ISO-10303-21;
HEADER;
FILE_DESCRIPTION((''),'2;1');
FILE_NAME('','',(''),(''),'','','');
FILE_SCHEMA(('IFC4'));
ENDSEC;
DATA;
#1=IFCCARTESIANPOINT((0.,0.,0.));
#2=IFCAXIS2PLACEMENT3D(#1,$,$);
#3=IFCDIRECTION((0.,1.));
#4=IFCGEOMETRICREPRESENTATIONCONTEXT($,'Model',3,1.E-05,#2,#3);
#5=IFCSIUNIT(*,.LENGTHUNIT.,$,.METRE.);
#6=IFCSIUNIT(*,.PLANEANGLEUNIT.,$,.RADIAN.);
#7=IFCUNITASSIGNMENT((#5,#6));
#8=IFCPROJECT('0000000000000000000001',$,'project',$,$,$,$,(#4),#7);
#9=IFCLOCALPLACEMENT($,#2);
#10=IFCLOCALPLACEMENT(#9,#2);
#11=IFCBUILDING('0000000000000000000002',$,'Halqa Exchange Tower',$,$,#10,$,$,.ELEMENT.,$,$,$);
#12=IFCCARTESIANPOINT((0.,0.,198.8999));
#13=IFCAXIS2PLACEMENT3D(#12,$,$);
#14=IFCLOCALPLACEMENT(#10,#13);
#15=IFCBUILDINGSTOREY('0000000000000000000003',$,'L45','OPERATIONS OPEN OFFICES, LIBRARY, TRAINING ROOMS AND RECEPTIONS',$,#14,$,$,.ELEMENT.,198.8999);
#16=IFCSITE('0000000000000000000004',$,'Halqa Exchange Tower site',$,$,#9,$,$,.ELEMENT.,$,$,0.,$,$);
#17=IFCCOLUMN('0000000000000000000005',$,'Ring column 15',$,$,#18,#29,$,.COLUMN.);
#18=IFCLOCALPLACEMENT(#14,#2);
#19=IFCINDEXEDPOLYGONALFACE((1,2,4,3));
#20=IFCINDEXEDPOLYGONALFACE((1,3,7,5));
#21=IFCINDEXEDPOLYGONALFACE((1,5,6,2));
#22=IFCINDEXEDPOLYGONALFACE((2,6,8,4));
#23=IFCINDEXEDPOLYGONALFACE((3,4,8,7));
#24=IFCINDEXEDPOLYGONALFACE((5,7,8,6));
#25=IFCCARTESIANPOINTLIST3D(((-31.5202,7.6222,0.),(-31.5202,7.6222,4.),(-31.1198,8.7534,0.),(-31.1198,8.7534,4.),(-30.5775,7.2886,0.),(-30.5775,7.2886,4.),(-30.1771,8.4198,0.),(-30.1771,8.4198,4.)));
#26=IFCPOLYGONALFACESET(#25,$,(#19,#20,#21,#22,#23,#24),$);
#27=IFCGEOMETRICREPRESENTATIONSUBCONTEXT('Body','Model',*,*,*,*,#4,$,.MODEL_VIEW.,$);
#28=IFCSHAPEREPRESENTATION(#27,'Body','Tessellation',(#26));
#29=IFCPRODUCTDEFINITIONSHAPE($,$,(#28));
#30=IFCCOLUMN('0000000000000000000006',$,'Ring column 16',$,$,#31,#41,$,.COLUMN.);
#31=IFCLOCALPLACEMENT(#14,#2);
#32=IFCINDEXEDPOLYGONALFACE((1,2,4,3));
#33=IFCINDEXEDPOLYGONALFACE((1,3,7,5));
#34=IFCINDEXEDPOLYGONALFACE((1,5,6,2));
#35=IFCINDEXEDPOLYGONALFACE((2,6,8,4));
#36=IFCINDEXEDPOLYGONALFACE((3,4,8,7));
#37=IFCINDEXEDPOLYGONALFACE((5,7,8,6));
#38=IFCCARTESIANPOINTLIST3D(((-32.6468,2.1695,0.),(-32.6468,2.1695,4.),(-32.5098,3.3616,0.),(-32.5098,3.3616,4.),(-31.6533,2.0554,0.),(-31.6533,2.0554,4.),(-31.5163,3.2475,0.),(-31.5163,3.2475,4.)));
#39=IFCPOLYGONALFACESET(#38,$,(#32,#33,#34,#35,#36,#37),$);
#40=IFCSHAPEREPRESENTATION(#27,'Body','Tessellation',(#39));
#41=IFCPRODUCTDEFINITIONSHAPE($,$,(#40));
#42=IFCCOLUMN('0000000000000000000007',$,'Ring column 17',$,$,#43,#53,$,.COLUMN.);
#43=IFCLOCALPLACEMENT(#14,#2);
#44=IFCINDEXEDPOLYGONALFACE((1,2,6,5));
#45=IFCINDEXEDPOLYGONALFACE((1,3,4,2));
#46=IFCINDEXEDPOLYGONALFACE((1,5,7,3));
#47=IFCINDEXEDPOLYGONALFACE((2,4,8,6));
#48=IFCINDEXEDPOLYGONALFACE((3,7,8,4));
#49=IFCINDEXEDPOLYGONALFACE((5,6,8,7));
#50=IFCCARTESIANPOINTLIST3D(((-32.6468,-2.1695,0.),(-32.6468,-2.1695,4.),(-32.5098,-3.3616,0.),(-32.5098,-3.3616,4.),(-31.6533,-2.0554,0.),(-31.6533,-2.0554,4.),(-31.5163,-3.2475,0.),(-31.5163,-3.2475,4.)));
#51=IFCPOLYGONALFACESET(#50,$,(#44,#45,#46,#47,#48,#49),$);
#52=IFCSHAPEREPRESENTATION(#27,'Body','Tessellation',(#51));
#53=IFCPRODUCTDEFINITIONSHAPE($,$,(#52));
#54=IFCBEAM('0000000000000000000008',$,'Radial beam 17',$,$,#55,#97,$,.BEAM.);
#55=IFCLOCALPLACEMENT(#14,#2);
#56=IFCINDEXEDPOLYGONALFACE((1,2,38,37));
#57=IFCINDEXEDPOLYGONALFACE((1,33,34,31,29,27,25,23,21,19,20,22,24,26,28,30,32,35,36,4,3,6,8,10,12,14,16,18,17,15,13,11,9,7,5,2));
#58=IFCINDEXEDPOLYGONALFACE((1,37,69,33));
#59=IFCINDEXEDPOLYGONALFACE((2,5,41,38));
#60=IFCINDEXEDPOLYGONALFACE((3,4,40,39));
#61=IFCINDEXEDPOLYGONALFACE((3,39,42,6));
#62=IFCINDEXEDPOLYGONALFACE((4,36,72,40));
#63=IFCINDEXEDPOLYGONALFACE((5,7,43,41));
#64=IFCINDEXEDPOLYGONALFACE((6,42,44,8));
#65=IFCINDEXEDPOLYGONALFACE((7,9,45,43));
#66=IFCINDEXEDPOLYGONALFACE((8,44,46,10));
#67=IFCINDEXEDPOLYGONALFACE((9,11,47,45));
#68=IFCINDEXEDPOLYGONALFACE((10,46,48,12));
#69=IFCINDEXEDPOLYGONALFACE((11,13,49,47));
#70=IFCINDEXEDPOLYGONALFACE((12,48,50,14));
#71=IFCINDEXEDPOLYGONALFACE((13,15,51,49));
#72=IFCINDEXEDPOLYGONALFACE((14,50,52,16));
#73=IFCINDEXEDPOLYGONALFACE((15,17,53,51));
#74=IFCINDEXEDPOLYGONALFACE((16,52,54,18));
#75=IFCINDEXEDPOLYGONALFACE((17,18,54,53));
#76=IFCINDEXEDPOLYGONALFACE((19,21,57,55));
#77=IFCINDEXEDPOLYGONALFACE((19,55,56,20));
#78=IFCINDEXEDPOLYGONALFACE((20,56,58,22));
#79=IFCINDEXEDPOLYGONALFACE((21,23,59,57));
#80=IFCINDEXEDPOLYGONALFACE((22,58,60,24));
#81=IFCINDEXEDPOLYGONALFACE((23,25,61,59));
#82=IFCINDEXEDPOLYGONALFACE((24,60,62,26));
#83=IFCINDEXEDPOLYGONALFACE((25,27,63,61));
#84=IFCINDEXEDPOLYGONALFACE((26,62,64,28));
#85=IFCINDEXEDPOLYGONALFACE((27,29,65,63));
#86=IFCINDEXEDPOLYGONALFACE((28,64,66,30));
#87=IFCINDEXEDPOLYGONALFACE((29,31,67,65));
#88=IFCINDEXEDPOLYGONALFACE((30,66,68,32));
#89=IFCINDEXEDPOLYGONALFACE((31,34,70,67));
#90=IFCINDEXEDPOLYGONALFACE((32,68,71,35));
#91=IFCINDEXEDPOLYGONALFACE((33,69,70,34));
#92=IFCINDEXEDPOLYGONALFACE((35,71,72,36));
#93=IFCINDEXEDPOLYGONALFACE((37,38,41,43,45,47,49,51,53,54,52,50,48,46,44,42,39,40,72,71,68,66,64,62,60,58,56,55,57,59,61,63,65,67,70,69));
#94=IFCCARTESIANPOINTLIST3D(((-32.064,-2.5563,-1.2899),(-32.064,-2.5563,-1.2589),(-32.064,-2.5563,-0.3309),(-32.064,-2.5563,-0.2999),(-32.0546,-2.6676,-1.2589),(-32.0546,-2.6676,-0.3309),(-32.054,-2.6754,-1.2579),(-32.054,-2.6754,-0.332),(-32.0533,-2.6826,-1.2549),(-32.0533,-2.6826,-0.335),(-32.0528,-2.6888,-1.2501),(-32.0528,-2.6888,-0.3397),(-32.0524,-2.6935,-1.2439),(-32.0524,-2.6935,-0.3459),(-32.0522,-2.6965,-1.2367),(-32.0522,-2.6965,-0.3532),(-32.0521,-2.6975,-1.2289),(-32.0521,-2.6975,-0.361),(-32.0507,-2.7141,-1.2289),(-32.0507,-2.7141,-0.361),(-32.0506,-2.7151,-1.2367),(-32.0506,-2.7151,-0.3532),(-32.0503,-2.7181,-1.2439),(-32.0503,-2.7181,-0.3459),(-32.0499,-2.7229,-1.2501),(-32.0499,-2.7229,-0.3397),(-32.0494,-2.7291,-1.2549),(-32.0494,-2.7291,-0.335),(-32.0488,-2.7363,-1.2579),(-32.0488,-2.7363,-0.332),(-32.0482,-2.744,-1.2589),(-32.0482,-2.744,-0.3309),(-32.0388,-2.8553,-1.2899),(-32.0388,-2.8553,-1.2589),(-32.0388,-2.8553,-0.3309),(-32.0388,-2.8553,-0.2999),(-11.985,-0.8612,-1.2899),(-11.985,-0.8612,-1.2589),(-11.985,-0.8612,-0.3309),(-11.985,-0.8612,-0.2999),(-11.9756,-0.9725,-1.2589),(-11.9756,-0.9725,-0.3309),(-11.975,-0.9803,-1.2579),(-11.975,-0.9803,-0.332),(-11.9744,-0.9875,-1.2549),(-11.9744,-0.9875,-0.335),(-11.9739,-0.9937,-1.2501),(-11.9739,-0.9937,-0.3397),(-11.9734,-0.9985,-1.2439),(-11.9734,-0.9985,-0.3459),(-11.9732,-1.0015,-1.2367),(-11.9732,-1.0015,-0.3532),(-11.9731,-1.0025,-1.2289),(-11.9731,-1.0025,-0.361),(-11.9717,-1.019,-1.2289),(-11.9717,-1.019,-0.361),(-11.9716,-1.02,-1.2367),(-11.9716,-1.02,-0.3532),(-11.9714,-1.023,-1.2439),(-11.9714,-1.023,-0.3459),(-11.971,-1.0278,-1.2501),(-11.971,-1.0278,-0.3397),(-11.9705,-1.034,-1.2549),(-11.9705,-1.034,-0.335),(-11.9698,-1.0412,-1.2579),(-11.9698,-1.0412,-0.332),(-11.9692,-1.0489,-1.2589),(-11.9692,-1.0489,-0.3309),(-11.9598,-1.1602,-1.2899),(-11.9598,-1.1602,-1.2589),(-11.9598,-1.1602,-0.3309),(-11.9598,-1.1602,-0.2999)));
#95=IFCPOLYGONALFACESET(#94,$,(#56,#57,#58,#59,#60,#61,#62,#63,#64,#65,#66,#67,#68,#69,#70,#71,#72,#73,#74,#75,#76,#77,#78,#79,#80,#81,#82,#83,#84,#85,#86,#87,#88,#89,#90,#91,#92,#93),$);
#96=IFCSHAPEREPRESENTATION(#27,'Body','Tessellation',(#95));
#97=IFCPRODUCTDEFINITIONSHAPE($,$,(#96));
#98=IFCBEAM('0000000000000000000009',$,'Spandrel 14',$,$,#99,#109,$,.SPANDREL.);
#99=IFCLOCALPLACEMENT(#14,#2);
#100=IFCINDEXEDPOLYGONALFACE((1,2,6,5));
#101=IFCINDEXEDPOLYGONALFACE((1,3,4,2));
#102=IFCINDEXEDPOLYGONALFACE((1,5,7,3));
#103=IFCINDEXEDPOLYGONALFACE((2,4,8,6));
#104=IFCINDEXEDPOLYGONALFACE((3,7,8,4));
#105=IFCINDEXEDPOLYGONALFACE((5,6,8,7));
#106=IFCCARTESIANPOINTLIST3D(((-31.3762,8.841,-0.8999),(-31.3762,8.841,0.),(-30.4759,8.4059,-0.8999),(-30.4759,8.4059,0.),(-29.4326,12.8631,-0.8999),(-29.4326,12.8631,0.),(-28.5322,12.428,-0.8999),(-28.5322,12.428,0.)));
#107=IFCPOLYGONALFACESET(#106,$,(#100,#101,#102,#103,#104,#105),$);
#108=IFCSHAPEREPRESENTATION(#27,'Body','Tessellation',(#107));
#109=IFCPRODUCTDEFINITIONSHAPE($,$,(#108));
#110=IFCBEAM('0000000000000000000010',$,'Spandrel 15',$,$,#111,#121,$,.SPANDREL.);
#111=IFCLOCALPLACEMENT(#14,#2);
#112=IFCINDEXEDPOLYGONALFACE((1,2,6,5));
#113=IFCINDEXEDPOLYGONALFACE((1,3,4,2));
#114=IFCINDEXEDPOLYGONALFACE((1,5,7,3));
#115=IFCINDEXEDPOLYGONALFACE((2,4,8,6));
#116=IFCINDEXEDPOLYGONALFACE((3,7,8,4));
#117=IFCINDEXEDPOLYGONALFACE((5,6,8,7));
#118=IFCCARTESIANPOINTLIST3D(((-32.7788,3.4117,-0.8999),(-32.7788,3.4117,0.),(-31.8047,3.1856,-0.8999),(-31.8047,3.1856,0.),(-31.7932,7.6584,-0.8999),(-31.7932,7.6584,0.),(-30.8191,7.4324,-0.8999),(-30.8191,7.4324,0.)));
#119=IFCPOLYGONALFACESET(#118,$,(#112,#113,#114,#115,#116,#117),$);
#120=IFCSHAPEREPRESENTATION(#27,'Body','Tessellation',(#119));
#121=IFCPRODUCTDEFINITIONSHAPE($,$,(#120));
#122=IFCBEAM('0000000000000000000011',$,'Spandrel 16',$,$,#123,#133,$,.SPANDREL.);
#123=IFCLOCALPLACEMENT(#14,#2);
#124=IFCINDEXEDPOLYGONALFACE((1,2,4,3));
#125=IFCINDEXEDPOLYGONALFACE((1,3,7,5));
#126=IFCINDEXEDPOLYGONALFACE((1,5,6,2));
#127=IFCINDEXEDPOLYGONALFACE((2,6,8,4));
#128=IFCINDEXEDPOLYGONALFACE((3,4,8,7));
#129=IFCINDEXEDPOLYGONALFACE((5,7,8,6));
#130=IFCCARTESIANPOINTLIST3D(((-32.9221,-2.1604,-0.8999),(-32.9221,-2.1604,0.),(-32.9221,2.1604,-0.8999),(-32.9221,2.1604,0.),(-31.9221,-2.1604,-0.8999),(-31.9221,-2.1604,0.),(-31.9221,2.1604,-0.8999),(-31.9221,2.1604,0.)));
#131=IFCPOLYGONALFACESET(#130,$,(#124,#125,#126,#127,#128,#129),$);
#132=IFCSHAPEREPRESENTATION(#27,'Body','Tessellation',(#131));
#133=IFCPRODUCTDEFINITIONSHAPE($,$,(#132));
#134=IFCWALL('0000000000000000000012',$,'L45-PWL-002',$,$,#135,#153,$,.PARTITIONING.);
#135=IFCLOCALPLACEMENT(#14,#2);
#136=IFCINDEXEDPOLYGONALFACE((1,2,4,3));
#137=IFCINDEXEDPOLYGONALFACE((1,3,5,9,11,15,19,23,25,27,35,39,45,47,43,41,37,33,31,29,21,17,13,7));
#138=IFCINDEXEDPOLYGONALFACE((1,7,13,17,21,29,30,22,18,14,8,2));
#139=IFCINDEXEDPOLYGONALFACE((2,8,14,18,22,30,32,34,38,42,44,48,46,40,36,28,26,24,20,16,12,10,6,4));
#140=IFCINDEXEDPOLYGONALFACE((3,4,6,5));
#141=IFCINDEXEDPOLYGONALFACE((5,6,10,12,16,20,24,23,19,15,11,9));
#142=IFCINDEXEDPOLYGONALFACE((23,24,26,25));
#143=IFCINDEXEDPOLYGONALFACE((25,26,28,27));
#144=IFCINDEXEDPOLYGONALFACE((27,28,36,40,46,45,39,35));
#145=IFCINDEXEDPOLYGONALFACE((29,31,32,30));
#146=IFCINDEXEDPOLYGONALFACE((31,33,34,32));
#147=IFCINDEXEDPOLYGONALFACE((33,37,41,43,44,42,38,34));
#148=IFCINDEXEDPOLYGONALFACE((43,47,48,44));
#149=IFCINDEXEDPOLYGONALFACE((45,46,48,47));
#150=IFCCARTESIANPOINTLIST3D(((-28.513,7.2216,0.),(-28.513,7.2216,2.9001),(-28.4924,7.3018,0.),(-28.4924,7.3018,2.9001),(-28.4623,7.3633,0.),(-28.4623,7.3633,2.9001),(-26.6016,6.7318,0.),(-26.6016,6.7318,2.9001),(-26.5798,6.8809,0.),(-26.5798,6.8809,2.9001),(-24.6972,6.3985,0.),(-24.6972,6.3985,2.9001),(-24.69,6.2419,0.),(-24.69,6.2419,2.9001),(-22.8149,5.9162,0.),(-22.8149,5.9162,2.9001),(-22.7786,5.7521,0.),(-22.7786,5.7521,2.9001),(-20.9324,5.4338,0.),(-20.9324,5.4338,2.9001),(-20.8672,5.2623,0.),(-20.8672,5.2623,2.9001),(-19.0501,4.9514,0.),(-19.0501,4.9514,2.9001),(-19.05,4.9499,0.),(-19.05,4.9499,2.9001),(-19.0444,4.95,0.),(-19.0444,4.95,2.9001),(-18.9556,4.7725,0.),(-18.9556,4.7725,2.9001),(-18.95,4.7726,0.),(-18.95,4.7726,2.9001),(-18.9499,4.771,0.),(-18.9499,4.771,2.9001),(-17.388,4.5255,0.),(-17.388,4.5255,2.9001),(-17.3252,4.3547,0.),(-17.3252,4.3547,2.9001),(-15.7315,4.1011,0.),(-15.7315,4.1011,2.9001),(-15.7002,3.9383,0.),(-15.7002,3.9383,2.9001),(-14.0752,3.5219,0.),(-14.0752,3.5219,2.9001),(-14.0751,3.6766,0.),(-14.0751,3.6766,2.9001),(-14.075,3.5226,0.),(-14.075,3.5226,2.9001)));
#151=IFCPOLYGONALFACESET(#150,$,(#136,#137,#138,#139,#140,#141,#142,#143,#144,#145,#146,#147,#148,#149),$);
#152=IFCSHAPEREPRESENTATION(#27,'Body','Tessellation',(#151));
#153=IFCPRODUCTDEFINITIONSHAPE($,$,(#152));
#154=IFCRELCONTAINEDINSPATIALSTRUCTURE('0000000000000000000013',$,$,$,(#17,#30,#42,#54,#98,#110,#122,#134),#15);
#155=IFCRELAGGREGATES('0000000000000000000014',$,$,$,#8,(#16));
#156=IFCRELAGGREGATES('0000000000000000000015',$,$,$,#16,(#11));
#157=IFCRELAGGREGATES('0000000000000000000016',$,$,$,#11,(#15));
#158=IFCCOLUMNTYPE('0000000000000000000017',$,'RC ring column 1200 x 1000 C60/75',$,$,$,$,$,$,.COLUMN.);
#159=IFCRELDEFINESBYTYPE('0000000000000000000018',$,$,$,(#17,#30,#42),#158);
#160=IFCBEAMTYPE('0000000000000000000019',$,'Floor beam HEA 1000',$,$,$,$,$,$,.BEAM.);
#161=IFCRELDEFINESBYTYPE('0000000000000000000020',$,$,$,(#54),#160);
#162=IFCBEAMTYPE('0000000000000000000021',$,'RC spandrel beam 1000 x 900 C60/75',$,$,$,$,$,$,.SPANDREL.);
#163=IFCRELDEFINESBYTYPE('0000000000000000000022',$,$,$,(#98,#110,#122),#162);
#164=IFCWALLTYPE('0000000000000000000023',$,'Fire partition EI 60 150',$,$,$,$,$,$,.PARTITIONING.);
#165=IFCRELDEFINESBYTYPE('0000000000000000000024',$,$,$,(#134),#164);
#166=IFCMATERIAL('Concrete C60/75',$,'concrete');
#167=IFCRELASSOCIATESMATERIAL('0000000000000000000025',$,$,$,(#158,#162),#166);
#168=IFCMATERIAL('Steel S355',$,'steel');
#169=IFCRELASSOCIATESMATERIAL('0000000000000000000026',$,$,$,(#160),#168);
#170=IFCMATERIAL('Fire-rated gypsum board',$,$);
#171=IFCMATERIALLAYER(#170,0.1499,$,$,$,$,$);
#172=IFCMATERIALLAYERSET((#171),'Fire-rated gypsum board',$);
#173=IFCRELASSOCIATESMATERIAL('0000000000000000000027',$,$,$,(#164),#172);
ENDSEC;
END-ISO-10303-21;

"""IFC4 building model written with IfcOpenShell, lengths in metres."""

from ifc_helpers import new_model, si_unit, direction, frame, origin, origin_2d, place, context, subcontext, project, spatial, polyline, rectangle, i_section, outline, extrude, material, layer, layer_set, material_profile, profile_set, type_object, element, save


model = new_model("IFC4")

# Units and contexts
model_context = context("Model", 3, precision=1e-05, world=origin(), true_north=direction((0.0, 1.0)))
body_context = subcontext(model_context, "Body", "Model", "MODEL_VIEW")
ifc_project = project(units=[si_unit("LENGTHUNIT", "METRE"), si_unit("PLANEANGLEUNIT", "RADIAN")], contexts=[model_context])

# Site, building, storey
site_placement = place(None, origin())
site = spatial("IfcSite", under=ifc_project, at=site_placement, Name="Halqa Exchange Tower site", CompositionType="ELEMENT", RefElevation=0.0)
building_placement = place(site_placement, origin())
building = spatial("IfcBuilding", under=site, at=building_placement, Name="Halqa Exchange Tower", CompositionType="ELEMENT")
storey_placement = place(building_placement, frame((0.0, 0.0, 198.8999)))
storey = spatial("IfcBuildingStorey", under=building, at=storey_placement, Name="L45", Description="OPERATIONS OPEN OFFICES, LIBRARY, TRAINING ROOMS AND RECEPTIONS", CompositionType="ELEMENT", Elevation=198.8999)

# Columns
ifc_material_1 = material(Name="Concrete C60/75", Category="concrete")
ifc_material_profile_1 = material_profile(ifc_material_1, rectangle(XDim=1.2, YDim=1.0, at=origin_2d()), Name="1200 x 1000")
ifc_profile_set_1 = profile_set([ifc_material_profile_1], Name="Concrete C60/75")
column_type = type_object("IfcColumnType", Name="RC ring column 1200 x 1000 C60/75", PredefinedType="COLUMN", material=ifc_profile_set_1)
for number, where, z_axis, x_axis, name in (
    (1, (-30.8486, 8.021, 0.0), (0.0, 0.0, 1.0), (-0.333632, -0.942703, 0.0), "Ring column 15"),
    (2, (-32.0815, 2.7085, 0.0), (0.0, 0.0, 1.0), (-0.114157, -0.993463, 0.0), "Ring column 16"),
    (3, (-32.0815, -2.7085, 0.0), (0.0, 0.0, 1.0), (0.114157, -0.993463, 0.0), "Ring column 17"),
):
    element("IfcColumn", number, at=place(storey_placement, frame(where, z_axis=z_axis, x_axis=x_axis)), inside=storey, type_object=column_type, Name=name, PredefinedType="COLUMN", context=body_context, shape_type="SweptSolid", body=[
        extrude(rectangle(XDim=1.2, YDim=1.0, at=origin_2d()), origin(), (0.0, 0.0, 1.0), 4.0),
    ])

# Beams
ifc_material_2 = material(Name="Steel S355", Category="steel")
ifc_material_profile_2 = material_profile(ifc_material_2, i_section(OverallWidth=0.3, OverallDepth=0.99, WebThickness=0.0166, FlangeThickness=0.031, FilletRadius=0.03, at=origin_2d()), Name="HEA 1000")
ifc_profile_set_2 = profile_set([ifc_material_profile_2], Name="Steel S355")
beam_type_1 = type_object("IfcBeamType", Name="Floor beam HEA 1000", PredefinedType="BEAM", material=ifc_profile_set_2)
beam_1_placement = place(storey_placement, frame((-11.9724, -1.0107, -0.7949), z_axis=(-0.996456, -0.084121, 0.0), x_axis=(0.084121, -0.996456, 0.0)))
element("IfcBeam", 4, at=beam_1_placement, inside=storey, type_object=beam_type_1, Name="Radial beam 17", PredefinedType="BEAM", context=body_context, shape_type="SweptSolid", body=[
    extrude(i_section(OverallWidth=0.3, OverallDepth=0.99, WebThickness=0.0166, FlangeThickness=0.031, FilletRadius=0.03, at=origin_2d()), origin(), (0.0, 0.0, 1.0), 20.1504),
])
ifc_material_profile_3 = material_profile(ifc_material_1, rectangle(XDim=1.0, YDim=0.8999, at=origin_2d()), Name="1000 x 900")
ifc_profile_set_3 = profile_set([ifc_material_profile_3], Name="Concrete C60/75")
beam_type_2 = type_object("IfcBeamType", Name="RC spandrel beam 1000 x 900 C60/75", PredefinedType="SPANDREL", material=ifc_profile_set_3)
beam_2_placement = place(storey_placement, frame((-28.9824, 12.6455, -0.45), z_axis=(-0.435105, -0.90038, 0.0), x_axis=(0.90038, -0.435105, 0.0)))
element("IfcBeam", 5, at=beam_2_placement, inside=storey, type_object=beam_type_2, Name="Spandrel 14", PredefinedType="SPANDREL", context=body_context, shape_type="SweptSolid", body=[
    extrude(rectangle(XDim=1.0, YDim=0.8999, at=origin_2d()), origin(), (0.0, 0.0, 1.0), 4.467),
])
beam_3_placement = place(storey_placement, frame((-31.3062, 7.5454, -0.45), z_axis=(-0.22607, -0.974111, 0.0), x_axis=(0.974111, -0.22607, 0.0)))
element("IfcBeam", 6, at=beam_3_placement, inside=storey, type_object=beam_type_2, Name="Spandrel 15", PredefinedType="SPANDREL", context=body_context, shape_type="SweptSolid", body=[
    extrude(rectangle(XDim=1.0, YDim=0.8999, at=origin_2d()), origin(), (0.0, 0.0, 1.0), 4.3596),
])
beam_4_placement = place(storey_placement, frame((-32.4221, 2.1604, -0.45), z_axis=(0.0, -1.0, 0.0), x_axis=(1.0, 0.0, 0.0)))
element("IfcBeam", 7, at=beam_4_placement, inside=storey, type_object=beam_type_2, Name="Spandrel 16", PredefinedType="SPANDREL", context=body_context, shape_type="SweptSolid", body=[
    extrude(rectangle(XDim=1.0, YDim=0.8999, at=origin_2d()), origin(), (0.0, 0.0, 1.0), 4.3208),
])

# Wall
ifc_material_3 = material(Name="Fire-rated gypsum board")
ifc_layer_1 = layer(ifc_material_3, 0.1499)
ifc_layer_set_1 = layer_set([ifc_layer_1], Name="Fire-rated gypsum board")
wall_type_1 = type_object("IfcWallType", Name="Fire partition EI 60 150", PredefinedType="PARTITIONING", material=ifc_layer_set_1)
wall_1_placement = place(storey_placement, frame((-28.4944, 7.2942, 0.0), z_axis=(0.0, 0.0, 1.0), x_axis=(0.968701, -0.248232, 0.0)))
element("IfcWall", 8, at=wall_1_placement, inside=storey, type_object=wall_type_1, Name="L45-PWL-002", PredefinedType="PARTITIONING", context=body_context, shape_type="SweptSolid", body=[
    extrude(outline(polyline([(0.0, -0.075), (1.9731, -0.075), (3.9465, -0.075), (5.9197, -0.075), (7.8928, -0.075), (9.8662, -0.075), (9.8716, -0.0735), (9.8721, -0.075), (11.5493, -0.075), (13.2268, -0.075), (14.9043, -0.075), (14.9043, -0.0742), (14.866, 0.075), (13.156, 0.075), (11.446, 0.075), (9.7361, 0.075), (9.7307, 0.0735), (9.7302, 0.075), (7.7871, 0.075), (5.8438, 0.075), (3.9006, 0.075), (1.9573, 0.075), (0.0139, 0.075), (0.0, 0.0078), (0.0, -0.075)])), origin(), (0.0, 0.0, 1.0), 2.9001),
])

save(model, "model.ifc")
